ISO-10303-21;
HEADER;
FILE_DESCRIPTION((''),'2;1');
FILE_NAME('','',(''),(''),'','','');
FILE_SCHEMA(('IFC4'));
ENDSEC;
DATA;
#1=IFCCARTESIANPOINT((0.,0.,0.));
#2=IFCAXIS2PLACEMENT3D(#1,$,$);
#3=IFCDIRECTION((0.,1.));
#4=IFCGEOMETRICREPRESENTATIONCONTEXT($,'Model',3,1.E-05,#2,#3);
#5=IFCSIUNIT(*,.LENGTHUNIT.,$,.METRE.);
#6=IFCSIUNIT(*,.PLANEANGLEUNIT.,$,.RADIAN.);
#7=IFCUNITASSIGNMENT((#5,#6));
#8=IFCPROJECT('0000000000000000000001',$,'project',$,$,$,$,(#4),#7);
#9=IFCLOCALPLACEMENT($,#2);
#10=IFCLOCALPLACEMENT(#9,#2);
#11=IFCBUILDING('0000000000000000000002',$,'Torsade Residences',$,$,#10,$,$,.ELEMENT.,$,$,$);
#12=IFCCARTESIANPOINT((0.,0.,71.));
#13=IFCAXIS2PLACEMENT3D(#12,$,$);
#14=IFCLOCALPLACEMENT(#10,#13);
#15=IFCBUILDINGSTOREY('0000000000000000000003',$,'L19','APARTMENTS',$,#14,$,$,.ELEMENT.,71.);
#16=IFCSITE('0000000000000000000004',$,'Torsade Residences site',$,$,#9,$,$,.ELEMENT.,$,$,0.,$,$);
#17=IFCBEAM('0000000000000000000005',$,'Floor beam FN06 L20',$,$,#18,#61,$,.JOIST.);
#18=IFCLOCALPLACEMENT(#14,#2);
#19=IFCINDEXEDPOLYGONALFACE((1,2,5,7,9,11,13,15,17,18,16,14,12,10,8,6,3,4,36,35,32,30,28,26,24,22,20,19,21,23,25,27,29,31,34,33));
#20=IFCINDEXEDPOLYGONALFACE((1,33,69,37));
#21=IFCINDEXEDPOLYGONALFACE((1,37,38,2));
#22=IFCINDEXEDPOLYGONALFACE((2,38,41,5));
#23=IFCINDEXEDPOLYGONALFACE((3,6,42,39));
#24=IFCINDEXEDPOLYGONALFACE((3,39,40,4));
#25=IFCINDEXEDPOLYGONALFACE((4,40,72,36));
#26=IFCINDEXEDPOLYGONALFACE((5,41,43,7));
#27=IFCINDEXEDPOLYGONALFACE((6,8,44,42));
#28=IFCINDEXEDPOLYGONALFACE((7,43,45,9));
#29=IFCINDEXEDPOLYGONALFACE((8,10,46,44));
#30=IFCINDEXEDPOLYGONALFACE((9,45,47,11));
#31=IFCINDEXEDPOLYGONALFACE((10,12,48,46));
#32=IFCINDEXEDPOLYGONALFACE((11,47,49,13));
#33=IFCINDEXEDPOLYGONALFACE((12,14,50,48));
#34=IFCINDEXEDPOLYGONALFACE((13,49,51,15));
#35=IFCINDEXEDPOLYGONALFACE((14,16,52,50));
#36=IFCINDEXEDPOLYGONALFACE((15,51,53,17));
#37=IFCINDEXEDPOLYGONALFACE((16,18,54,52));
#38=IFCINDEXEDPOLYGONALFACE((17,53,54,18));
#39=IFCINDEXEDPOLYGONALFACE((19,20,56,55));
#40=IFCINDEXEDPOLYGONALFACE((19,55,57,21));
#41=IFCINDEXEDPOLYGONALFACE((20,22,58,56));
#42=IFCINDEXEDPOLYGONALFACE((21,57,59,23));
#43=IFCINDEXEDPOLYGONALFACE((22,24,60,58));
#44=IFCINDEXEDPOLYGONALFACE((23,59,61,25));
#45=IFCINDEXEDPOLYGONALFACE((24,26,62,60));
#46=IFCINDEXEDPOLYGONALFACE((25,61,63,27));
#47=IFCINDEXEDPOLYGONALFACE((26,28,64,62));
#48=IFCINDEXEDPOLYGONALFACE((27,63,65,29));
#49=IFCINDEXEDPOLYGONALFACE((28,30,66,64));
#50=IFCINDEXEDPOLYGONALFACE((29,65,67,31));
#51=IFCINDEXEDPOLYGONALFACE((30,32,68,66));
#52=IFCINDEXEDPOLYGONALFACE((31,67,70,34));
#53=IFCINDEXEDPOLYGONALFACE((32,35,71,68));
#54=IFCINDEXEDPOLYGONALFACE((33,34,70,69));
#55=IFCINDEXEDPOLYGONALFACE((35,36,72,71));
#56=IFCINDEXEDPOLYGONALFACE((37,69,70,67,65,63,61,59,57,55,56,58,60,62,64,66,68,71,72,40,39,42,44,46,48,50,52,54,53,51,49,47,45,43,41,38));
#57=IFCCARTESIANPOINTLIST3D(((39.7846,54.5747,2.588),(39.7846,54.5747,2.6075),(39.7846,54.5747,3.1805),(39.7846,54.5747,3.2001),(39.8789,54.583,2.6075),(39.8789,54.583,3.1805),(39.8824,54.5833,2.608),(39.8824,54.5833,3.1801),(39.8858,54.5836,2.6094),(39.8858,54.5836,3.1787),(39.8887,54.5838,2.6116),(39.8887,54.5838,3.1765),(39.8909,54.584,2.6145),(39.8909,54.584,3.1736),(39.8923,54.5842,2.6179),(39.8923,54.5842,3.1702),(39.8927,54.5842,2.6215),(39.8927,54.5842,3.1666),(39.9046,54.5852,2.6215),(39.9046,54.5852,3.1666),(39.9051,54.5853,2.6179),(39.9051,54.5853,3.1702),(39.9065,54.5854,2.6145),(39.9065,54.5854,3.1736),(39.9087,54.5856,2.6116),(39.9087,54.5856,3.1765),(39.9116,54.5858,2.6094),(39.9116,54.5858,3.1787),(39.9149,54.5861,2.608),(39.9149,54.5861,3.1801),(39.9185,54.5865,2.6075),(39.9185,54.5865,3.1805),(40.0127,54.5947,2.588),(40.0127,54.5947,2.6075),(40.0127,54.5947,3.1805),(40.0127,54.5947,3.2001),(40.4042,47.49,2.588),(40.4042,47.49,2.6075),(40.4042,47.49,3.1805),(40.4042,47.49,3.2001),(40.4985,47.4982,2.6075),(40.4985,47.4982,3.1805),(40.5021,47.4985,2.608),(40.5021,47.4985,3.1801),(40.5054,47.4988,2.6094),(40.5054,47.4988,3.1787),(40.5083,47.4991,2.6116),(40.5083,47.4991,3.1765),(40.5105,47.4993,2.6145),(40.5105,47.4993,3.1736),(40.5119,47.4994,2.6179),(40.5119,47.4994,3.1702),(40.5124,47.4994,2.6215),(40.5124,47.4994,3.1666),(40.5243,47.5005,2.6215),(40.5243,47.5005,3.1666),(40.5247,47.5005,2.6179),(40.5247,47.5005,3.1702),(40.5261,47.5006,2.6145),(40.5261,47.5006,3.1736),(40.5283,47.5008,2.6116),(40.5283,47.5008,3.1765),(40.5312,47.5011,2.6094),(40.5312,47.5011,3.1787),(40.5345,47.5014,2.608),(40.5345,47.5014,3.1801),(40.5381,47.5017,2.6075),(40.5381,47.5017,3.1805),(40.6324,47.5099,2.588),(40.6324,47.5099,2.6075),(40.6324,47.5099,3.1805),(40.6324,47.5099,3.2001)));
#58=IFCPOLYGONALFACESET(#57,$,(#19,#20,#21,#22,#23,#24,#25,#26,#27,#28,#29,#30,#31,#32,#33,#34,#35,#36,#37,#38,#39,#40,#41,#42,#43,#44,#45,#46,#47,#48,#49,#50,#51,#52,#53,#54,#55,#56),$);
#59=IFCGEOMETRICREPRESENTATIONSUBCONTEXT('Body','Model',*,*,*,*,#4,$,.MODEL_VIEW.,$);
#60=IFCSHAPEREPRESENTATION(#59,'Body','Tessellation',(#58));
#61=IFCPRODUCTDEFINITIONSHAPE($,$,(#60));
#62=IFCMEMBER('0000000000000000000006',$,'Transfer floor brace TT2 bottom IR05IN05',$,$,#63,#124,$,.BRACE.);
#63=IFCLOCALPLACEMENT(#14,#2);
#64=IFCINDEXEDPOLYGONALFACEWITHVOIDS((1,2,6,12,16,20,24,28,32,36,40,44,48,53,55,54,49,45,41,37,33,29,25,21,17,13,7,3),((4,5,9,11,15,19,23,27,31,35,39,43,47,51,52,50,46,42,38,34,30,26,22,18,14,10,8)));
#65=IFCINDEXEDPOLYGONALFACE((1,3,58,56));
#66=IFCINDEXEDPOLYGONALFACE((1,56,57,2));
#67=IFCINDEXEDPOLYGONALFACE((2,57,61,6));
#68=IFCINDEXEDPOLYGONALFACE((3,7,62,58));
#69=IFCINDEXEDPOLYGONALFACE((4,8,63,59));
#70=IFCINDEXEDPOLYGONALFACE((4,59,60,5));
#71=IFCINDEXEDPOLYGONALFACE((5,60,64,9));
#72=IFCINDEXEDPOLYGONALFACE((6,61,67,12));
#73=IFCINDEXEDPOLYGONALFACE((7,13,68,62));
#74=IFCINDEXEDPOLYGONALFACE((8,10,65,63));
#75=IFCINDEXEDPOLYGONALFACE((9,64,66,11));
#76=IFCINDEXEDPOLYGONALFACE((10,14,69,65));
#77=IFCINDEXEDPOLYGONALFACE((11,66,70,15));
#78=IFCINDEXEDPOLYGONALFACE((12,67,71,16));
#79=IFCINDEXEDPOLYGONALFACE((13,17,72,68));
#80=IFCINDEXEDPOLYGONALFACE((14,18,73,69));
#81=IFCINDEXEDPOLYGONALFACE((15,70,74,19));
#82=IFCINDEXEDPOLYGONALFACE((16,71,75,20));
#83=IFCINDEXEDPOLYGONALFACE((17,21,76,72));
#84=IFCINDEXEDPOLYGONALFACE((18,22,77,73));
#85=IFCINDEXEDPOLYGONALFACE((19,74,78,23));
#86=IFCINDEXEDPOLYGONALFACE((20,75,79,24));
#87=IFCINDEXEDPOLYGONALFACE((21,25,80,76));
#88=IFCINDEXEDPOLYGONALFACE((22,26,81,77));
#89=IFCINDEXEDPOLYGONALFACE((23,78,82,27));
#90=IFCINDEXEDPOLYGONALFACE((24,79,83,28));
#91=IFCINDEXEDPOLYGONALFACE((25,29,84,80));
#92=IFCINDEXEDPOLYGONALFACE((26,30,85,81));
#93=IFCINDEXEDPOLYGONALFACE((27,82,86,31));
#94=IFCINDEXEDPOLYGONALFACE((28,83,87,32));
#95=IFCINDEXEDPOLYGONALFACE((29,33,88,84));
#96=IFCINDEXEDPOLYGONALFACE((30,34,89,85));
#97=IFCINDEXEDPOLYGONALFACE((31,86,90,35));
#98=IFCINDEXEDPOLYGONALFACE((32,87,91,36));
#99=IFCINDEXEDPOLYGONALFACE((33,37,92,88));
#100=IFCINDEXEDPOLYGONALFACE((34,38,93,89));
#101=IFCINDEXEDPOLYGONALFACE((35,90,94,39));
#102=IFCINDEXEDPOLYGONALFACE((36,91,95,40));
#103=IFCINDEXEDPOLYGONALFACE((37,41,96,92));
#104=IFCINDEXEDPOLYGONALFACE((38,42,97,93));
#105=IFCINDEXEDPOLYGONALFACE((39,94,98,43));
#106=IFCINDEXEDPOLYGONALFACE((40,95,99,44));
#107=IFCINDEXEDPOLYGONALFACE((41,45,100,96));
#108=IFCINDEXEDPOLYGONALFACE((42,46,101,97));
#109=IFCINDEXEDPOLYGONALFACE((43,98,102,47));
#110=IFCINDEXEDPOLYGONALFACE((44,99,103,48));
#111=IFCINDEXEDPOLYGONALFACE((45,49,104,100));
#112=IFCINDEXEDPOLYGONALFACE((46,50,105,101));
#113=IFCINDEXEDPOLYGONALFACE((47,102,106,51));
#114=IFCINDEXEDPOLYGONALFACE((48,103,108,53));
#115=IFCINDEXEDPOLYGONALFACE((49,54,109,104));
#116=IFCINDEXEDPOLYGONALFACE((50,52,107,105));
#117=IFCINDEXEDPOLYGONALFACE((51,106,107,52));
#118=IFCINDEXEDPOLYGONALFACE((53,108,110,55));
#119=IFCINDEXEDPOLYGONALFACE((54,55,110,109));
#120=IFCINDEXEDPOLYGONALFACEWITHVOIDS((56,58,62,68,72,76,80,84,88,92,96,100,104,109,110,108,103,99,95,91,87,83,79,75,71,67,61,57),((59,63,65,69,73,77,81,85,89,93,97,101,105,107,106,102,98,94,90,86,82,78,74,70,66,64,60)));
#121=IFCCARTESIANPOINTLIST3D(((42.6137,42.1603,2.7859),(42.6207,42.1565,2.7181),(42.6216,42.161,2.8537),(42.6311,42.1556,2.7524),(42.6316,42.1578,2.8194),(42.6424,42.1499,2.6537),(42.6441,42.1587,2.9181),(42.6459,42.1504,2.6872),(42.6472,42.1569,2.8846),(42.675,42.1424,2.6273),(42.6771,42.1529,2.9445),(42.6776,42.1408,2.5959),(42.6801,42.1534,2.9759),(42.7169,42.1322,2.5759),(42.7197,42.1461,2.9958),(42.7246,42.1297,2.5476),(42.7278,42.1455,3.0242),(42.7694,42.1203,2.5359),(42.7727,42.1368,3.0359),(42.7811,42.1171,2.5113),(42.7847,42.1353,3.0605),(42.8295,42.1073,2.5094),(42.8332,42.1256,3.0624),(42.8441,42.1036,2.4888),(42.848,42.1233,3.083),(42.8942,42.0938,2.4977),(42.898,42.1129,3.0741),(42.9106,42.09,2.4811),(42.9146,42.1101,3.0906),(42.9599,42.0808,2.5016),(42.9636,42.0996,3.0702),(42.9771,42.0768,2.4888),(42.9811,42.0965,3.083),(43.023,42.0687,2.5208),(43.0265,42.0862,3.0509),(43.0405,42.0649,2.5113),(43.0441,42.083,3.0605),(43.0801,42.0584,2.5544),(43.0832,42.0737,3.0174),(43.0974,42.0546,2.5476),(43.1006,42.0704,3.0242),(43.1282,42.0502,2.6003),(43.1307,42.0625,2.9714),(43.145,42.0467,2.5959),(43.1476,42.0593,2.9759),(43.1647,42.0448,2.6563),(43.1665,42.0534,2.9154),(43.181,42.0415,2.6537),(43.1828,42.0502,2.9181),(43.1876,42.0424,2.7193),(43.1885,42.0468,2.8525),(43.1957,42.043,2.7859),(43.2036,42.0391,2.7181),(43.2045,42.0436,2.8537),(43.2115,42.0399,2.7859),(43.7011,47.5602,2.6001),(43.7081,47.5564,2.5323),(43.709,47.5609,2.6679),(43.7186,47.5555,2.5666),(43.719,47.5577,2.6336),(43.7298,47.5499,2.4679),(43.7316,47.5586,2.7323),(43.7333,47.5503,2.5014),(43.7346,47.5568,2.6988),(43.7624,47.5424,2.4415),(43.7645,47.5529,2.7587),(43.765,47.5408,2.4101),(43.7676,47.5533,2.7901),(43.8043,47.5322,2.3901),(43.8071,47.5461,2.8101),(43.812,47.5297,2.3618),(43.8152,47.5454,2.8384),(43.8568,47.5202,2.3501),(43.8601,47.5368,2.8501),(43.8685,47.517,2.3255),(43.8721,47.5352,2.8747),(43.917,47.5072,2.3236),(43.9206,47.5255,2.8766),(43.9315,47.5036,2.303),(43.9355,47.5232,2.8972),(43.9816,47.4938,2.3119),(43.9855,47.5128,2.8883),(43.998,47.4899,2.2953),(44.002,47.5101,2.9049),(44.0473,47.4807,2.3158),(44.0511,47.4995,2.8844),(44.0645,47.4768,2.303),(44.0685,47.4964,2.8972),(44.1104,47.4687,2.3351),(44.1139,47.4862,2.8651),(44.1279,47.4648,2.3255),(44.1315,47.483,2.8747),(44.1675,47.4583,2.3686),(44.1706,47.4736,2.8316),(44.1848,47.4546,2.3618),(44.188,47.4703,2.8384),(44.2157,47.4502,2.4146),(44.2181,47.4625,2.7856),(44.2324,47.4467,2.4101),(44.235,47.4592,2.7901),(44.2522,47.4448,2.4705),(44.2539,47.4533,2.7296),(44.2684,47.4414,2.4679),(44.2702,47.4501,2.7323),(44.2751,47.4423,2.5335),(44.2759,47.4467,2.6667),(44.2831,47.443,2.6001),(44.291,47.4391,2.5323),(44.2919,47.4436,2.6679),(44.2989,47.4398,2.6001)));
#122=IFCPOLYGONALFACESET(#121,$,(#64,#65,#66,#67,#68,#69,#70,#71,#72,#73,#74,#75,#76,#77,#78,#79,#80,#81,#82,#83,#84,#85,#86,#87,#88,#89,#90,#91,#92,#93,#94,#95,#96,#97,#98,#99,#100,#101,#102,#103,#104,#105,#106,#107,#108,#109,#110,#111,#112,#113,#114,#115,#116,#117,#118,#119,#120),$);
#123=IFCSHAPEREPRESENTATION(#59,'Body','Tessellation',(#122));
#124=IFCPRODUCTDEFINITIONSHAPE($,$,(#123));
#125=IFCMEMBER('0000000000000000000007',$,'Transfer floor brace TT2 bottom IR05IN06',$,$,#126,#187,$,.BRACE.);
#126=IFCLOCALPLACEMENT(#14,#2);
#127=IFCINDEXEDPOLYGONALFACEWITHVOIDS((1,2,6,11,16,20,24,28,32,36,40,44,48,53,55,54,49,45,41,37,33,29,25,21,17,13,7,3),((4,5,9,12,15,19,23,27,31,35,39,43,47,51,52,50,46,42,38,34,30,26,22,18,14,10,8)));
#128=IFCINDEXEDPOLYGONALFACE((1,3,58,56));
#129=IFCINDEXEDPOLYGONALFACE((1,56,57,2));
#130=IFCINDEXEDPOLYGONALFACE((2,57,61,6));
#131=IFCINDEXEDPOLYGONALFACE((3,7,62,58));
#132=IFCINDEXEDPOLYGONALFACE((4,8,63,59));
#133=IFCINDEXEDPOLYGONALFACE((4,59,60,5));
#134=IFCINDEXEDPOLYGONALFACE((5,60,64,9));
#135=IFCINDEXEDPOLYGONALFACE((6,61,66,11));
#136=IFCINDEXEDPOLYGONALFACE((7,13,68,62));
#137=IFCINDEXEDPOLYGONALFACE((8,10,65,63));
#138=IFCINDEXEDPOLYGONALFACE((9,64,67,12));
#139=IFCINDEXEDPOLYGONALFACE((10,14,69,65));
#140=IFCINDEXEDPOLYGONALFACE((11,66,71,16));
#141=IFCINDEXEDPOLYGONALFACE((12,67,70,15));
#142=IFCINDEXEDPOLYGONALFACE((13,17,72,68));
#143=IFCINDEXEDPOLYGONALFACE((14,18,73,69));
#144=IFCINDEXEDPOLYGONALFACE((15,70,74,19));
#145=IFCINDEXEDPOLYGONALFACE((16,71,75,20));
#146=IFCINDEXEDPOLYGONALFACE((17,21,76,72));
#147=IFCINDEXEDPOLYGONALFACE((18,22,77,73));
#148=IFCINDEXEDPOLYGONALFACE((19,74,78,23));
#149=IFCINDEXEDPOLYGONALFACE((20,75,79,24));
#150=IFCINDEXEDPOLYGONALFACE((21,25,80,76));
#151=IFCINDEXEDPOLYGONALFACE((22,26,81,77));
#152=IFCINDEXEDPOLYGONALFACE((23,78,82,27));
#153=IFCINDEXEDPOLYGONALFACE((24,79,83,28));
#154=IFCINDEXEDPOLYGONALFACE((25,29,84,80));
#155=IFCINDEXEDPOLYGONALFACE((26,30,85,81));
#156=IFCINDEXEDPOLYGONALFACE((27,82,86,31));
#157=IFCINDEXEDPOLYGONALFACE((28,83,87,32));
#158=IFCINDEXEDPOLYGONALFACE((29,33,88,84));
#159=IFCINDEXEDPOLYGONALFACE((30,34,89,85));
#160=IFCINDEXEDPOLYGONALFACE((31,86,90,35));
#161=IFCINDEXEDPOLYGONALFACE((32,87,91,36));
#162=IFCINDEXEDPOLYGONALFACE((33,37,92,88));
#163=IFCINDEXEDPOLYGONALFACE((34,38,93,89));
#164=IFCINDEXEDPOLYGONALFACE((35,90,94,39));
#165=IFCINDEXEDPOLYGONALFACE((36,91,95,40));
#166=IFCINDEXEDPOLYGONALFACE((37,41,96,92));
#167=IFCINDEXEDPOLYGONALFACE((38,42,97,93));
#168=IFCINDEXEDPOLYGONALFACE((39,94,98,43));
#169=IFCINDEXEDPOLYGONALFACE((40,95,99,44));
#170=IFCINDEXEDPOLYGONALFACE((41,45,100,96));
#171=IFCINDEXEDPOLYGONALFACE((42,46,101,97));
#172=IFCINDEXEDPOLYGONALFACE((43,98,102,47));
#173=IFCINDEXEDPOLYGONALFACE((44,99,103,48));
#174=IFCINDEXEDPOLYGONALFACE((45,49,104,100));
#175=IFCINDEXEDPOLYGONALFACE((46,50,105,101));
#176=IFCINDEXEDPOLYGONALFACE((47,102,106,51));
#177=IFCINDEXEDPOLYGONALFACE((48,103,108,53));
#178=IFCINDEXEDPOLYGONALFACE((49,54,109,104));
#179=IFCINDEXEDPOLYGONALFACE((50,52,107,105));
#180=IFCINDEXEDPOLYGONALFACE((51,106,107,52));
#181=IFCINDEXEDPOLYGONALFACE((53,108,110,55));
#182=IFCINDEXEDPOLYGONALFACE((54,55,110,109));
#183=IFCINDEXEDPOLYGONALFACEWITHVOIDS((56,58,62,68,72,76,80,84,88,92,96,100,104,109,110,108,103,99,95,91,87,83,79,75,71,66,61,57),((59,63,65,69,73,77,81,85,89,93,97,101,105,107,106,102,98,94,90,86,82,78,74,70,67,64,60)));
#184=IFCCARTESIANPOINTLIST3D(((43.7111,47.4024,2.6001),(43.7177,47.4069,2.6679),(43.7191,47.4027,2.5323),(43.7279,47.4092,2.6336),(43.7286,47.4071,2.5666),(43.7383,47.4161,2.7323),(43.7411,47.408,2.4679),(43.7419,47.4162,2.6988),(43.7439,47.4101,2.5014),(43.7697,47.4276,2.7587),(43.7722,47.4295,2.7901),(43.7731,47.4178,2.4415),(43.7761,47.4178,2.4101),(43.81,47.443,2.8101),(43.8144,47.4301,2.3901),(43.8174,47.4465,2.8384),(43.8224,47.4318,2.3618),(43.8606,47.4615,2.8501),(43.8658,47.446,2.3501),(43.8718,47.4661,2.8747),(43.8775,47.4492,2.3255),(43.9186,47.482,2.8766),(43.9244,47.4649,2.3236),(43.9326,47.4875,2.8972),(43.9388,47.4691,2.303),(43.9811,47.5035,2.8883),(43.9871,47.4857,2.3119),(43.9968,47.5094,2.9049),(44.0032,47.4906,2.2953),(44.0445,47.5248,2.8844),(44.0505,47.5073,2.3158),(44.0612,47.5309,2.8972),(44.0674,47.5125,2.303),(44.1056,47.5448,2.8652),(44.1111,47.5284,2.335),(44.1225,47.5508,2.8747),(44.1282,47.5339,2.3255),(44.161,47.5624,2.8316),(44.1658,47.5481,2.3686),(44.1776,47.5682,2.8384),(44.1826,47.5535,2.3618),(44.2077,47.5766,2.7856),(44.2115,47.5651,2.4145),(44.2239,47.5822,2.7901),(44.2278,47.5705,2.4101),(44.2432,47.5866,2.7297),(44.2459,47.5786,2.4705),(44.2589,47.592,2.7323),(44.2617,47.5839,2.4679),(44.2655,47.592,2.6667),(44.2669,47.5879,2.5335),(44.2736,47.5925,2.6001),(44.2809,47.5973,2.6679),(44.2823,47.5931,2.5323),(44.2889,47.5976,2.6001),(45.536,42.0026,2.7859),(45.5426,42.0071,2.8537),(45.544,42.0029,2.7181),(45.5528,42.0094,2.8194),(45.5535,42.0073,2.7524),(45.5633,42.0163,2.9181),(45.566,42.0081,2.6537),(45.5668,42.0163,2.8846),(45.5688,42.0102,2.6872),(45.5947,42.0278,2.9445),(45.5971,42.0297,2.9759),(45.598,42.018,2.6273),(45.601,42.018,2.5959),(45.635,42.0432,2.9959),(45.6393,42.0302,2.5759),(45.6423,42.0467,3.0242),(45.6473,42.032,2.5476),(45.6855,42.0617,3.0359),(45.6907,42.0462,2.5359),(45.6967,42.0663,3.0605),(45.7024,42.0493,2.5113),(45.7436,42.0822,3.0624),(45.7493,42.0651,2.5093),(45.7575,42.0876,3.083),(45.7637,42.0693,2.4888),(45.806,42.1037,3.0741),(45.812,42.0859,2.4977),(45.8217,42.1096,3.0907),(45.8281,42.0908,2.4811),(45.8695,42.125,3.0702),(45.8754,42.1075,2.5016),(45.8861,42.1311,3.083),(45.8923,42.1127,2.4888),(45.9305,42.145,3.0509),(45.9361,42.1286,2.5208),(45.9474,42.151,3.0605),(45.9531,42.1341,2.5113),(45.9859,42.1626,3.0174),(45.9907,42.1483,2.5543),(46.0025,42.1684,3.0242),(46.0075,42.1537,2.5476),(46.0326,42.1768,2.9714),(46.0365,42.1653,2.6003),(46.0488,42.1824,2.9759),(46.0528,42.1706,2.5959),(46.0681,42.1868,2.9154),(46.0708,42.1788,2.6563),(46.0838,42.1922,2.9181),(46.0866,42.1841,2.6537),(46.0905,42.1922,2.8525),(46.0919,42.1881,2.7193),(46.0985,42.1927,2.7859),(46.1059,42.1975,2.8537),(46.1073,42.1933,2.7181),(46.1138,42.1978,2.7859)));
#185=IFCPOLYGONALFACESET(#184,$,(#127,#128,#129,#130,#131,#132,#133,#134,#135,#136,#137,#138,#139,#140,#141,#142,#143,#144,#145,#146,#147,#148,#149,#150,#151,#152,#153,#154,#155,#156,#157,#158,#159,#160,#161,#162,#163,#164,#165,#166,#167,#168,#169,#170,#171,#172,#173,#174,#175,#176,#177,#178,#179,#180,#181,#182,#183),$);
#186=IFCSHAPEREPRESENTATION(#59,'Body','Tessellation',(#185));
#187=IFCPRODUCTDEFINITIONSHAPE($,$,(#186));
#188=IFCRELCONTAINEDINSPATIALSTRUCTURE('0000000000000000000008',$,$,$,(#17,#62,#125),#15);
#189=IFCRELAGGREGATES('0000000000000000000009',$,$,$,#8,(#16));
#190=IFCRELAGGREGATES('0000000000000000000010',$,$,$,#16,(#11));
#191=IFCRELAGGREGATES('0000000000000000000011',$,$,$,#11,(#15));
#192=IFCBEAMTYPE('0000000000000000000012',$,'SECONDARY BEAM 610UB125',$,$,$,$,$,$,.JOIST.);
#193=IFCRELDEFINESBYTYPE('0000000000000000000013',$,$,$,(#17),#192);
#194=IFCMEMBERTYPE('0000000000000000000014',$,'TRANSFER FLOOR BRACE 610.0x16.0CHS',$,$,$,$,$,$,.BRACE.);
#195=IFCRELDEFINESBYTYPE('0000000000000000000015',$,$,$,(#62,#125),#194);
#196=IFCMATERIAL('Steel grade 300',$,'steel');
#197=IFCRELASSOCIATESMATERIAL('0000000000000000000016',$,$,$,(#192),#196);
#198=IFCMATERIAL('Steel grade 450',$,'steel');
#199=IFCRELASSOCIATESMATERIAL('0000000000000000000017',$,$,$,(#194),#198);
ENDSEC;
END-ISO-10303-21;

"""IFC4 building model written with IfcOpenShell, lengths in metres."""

from ifc_helpers import new_model, si_unit, direction, frame, origin, origin_2d, place, context, subcontext, project, spatial, hollow_circle, i_section, extrude, material, material_profile, profile_set, type_object, element, save


model = new_model("IFC4")

# Units and contexts
model_context = context("Model", 3, precision=1e-05, world=origin(), true_north=direction((0.0, 1.0)))
body_context = subcontext(model_context, "Body", "Model", "MODEL_VIEW")
ifc_project = project(units=[si_unit("LENGTHUNIT", "METRE"), si_unit("PLANEANGLEUNIT", "RADIAN")], contexts=[model_context])

# Site, building, storey
site_placement = place(None, origin())
site = spatial("IfcSite", under=ifc_project, at=site_placement, Name="Torsade Residences site", CompositionType="ELEMENT", RefElevation=0.0)
building_placement = place(site_placement, origin())
building = spatial("IfcBuilding", under=site, at=building_placement, Name="Torsade Residences", CompositionType="ELEMENT")
storey_placement = place(building_placement, frame((0.0, 0.0, 71.0)))
storey = spatial("IfcBuildingStorey", under=building, at=storey_placement, Name="L19", Description="APARTMENTS", CompositionType="ELEMENT", Elevation=71.0)

# Beam
ifc_material_1 = material(Name="Steel grade 300", Category="steel")
ifc_material_profile_1 = material_profile(ifc_material_1, i_section(OverallWidth=0.229, OverallDepth=0.6121, WebThickness=0.012, FlangeThickness=0.0195, FilletRadius=0.0139, at=origin_2d()), Name="610UB125")
ifc_profile_set_1 = profile_set([ifc_material_profile_1], Name="Steel grade 300")
beam_type_1 = type_object("IfcBeamType", Name="SECONDARY BEAM 610UB125", PredefinedType="JOIST", material=ifc_profile_set_1)
beam_1_placement = place(storey_placement, frame((39.8987, 54.5847, 2.894), z_axis=(0.087127, -0.996197, 0.0), x_axis=(0.996197, 0.087127, 0.0)))
element("IfcBeam", 1, at=beam_1_placement, inside=storey, type_object=beam_type_1, Name="Floor beam FN06 L20", PredefinedType="JOIST", context=body_context, shape_type="SweptSolid", body=[
    extrude(i_section(OverallWidth=0.229, OverallDepth=0.6121, WebThickness=0.012, FlangeThickness=0.0195, FilletRadius=0.0139, at=origin_2d()), origin(), (0.0, 0.0, 1.0), 7.1118),
])

# Members
ifc_material_2 = material(Name="Steel grade 450", Category="steel")
ifc_material_profile_2 = material_profile(ifc_material_2, hollow_circle(Radius=0.3049, WallThickness=0.0161, at=origin_2d()), Name="610.0x16.0CHS")
ifc_profile_set_2 = profile_set([ifc_material_profile_2], Name="Steel grade 450")
member_type_1 = type_object("IfcMemberType", Name="TRANSFER FLOOR BRACE 610.0x16.0CHS", PredefinedType="BRACE", material=ifc_profile_set_2)
member_1_placement = place(storey_placement, frame((44.0, 47.5, 2.6001), z_axis=(-0.197299, -0.979764, 0.03371), x_axis=(0.980321, -0.197412, 0.0)))
element("IfcMember", 2, at=member_1_placement, inside=storey, type_object=member_type_1, Name="Transfer floor brace TT2 bottom IR05IN05", PredefinedType="BRACE", context=body_context, shape_type="SweptSolid", body=[
    extrude(hollow_circle(Radius=0.3049, WallThickness=0.0161, at=origin_2d()), origin(), (0.0, 0.0, 1.0), 5.5115),
])
member_2_placement = place(storey_placement, frame((44.0, 47.5, 2.6001), z_axis=(0.32, -0.946857, 0.032578), x_axis=(0.94736, 0.32017, 0.0)))
element("IfcMember", 3, at=member_2_placement, inside=storey, type_object=member_type_1, Name="Transfer floor brace TT2 bottom IR05IN06", PredefinedType="BRACE", context=body_context, shape_type="SweptSolid", body=[
    extrude(hollow_circle(Radius=0.3049, WallThickness=0.0161, at=origin_2d()), origin(), (0.0, 0.0, 1.0), 5.7029),
])

save(model, "model.ifc")
